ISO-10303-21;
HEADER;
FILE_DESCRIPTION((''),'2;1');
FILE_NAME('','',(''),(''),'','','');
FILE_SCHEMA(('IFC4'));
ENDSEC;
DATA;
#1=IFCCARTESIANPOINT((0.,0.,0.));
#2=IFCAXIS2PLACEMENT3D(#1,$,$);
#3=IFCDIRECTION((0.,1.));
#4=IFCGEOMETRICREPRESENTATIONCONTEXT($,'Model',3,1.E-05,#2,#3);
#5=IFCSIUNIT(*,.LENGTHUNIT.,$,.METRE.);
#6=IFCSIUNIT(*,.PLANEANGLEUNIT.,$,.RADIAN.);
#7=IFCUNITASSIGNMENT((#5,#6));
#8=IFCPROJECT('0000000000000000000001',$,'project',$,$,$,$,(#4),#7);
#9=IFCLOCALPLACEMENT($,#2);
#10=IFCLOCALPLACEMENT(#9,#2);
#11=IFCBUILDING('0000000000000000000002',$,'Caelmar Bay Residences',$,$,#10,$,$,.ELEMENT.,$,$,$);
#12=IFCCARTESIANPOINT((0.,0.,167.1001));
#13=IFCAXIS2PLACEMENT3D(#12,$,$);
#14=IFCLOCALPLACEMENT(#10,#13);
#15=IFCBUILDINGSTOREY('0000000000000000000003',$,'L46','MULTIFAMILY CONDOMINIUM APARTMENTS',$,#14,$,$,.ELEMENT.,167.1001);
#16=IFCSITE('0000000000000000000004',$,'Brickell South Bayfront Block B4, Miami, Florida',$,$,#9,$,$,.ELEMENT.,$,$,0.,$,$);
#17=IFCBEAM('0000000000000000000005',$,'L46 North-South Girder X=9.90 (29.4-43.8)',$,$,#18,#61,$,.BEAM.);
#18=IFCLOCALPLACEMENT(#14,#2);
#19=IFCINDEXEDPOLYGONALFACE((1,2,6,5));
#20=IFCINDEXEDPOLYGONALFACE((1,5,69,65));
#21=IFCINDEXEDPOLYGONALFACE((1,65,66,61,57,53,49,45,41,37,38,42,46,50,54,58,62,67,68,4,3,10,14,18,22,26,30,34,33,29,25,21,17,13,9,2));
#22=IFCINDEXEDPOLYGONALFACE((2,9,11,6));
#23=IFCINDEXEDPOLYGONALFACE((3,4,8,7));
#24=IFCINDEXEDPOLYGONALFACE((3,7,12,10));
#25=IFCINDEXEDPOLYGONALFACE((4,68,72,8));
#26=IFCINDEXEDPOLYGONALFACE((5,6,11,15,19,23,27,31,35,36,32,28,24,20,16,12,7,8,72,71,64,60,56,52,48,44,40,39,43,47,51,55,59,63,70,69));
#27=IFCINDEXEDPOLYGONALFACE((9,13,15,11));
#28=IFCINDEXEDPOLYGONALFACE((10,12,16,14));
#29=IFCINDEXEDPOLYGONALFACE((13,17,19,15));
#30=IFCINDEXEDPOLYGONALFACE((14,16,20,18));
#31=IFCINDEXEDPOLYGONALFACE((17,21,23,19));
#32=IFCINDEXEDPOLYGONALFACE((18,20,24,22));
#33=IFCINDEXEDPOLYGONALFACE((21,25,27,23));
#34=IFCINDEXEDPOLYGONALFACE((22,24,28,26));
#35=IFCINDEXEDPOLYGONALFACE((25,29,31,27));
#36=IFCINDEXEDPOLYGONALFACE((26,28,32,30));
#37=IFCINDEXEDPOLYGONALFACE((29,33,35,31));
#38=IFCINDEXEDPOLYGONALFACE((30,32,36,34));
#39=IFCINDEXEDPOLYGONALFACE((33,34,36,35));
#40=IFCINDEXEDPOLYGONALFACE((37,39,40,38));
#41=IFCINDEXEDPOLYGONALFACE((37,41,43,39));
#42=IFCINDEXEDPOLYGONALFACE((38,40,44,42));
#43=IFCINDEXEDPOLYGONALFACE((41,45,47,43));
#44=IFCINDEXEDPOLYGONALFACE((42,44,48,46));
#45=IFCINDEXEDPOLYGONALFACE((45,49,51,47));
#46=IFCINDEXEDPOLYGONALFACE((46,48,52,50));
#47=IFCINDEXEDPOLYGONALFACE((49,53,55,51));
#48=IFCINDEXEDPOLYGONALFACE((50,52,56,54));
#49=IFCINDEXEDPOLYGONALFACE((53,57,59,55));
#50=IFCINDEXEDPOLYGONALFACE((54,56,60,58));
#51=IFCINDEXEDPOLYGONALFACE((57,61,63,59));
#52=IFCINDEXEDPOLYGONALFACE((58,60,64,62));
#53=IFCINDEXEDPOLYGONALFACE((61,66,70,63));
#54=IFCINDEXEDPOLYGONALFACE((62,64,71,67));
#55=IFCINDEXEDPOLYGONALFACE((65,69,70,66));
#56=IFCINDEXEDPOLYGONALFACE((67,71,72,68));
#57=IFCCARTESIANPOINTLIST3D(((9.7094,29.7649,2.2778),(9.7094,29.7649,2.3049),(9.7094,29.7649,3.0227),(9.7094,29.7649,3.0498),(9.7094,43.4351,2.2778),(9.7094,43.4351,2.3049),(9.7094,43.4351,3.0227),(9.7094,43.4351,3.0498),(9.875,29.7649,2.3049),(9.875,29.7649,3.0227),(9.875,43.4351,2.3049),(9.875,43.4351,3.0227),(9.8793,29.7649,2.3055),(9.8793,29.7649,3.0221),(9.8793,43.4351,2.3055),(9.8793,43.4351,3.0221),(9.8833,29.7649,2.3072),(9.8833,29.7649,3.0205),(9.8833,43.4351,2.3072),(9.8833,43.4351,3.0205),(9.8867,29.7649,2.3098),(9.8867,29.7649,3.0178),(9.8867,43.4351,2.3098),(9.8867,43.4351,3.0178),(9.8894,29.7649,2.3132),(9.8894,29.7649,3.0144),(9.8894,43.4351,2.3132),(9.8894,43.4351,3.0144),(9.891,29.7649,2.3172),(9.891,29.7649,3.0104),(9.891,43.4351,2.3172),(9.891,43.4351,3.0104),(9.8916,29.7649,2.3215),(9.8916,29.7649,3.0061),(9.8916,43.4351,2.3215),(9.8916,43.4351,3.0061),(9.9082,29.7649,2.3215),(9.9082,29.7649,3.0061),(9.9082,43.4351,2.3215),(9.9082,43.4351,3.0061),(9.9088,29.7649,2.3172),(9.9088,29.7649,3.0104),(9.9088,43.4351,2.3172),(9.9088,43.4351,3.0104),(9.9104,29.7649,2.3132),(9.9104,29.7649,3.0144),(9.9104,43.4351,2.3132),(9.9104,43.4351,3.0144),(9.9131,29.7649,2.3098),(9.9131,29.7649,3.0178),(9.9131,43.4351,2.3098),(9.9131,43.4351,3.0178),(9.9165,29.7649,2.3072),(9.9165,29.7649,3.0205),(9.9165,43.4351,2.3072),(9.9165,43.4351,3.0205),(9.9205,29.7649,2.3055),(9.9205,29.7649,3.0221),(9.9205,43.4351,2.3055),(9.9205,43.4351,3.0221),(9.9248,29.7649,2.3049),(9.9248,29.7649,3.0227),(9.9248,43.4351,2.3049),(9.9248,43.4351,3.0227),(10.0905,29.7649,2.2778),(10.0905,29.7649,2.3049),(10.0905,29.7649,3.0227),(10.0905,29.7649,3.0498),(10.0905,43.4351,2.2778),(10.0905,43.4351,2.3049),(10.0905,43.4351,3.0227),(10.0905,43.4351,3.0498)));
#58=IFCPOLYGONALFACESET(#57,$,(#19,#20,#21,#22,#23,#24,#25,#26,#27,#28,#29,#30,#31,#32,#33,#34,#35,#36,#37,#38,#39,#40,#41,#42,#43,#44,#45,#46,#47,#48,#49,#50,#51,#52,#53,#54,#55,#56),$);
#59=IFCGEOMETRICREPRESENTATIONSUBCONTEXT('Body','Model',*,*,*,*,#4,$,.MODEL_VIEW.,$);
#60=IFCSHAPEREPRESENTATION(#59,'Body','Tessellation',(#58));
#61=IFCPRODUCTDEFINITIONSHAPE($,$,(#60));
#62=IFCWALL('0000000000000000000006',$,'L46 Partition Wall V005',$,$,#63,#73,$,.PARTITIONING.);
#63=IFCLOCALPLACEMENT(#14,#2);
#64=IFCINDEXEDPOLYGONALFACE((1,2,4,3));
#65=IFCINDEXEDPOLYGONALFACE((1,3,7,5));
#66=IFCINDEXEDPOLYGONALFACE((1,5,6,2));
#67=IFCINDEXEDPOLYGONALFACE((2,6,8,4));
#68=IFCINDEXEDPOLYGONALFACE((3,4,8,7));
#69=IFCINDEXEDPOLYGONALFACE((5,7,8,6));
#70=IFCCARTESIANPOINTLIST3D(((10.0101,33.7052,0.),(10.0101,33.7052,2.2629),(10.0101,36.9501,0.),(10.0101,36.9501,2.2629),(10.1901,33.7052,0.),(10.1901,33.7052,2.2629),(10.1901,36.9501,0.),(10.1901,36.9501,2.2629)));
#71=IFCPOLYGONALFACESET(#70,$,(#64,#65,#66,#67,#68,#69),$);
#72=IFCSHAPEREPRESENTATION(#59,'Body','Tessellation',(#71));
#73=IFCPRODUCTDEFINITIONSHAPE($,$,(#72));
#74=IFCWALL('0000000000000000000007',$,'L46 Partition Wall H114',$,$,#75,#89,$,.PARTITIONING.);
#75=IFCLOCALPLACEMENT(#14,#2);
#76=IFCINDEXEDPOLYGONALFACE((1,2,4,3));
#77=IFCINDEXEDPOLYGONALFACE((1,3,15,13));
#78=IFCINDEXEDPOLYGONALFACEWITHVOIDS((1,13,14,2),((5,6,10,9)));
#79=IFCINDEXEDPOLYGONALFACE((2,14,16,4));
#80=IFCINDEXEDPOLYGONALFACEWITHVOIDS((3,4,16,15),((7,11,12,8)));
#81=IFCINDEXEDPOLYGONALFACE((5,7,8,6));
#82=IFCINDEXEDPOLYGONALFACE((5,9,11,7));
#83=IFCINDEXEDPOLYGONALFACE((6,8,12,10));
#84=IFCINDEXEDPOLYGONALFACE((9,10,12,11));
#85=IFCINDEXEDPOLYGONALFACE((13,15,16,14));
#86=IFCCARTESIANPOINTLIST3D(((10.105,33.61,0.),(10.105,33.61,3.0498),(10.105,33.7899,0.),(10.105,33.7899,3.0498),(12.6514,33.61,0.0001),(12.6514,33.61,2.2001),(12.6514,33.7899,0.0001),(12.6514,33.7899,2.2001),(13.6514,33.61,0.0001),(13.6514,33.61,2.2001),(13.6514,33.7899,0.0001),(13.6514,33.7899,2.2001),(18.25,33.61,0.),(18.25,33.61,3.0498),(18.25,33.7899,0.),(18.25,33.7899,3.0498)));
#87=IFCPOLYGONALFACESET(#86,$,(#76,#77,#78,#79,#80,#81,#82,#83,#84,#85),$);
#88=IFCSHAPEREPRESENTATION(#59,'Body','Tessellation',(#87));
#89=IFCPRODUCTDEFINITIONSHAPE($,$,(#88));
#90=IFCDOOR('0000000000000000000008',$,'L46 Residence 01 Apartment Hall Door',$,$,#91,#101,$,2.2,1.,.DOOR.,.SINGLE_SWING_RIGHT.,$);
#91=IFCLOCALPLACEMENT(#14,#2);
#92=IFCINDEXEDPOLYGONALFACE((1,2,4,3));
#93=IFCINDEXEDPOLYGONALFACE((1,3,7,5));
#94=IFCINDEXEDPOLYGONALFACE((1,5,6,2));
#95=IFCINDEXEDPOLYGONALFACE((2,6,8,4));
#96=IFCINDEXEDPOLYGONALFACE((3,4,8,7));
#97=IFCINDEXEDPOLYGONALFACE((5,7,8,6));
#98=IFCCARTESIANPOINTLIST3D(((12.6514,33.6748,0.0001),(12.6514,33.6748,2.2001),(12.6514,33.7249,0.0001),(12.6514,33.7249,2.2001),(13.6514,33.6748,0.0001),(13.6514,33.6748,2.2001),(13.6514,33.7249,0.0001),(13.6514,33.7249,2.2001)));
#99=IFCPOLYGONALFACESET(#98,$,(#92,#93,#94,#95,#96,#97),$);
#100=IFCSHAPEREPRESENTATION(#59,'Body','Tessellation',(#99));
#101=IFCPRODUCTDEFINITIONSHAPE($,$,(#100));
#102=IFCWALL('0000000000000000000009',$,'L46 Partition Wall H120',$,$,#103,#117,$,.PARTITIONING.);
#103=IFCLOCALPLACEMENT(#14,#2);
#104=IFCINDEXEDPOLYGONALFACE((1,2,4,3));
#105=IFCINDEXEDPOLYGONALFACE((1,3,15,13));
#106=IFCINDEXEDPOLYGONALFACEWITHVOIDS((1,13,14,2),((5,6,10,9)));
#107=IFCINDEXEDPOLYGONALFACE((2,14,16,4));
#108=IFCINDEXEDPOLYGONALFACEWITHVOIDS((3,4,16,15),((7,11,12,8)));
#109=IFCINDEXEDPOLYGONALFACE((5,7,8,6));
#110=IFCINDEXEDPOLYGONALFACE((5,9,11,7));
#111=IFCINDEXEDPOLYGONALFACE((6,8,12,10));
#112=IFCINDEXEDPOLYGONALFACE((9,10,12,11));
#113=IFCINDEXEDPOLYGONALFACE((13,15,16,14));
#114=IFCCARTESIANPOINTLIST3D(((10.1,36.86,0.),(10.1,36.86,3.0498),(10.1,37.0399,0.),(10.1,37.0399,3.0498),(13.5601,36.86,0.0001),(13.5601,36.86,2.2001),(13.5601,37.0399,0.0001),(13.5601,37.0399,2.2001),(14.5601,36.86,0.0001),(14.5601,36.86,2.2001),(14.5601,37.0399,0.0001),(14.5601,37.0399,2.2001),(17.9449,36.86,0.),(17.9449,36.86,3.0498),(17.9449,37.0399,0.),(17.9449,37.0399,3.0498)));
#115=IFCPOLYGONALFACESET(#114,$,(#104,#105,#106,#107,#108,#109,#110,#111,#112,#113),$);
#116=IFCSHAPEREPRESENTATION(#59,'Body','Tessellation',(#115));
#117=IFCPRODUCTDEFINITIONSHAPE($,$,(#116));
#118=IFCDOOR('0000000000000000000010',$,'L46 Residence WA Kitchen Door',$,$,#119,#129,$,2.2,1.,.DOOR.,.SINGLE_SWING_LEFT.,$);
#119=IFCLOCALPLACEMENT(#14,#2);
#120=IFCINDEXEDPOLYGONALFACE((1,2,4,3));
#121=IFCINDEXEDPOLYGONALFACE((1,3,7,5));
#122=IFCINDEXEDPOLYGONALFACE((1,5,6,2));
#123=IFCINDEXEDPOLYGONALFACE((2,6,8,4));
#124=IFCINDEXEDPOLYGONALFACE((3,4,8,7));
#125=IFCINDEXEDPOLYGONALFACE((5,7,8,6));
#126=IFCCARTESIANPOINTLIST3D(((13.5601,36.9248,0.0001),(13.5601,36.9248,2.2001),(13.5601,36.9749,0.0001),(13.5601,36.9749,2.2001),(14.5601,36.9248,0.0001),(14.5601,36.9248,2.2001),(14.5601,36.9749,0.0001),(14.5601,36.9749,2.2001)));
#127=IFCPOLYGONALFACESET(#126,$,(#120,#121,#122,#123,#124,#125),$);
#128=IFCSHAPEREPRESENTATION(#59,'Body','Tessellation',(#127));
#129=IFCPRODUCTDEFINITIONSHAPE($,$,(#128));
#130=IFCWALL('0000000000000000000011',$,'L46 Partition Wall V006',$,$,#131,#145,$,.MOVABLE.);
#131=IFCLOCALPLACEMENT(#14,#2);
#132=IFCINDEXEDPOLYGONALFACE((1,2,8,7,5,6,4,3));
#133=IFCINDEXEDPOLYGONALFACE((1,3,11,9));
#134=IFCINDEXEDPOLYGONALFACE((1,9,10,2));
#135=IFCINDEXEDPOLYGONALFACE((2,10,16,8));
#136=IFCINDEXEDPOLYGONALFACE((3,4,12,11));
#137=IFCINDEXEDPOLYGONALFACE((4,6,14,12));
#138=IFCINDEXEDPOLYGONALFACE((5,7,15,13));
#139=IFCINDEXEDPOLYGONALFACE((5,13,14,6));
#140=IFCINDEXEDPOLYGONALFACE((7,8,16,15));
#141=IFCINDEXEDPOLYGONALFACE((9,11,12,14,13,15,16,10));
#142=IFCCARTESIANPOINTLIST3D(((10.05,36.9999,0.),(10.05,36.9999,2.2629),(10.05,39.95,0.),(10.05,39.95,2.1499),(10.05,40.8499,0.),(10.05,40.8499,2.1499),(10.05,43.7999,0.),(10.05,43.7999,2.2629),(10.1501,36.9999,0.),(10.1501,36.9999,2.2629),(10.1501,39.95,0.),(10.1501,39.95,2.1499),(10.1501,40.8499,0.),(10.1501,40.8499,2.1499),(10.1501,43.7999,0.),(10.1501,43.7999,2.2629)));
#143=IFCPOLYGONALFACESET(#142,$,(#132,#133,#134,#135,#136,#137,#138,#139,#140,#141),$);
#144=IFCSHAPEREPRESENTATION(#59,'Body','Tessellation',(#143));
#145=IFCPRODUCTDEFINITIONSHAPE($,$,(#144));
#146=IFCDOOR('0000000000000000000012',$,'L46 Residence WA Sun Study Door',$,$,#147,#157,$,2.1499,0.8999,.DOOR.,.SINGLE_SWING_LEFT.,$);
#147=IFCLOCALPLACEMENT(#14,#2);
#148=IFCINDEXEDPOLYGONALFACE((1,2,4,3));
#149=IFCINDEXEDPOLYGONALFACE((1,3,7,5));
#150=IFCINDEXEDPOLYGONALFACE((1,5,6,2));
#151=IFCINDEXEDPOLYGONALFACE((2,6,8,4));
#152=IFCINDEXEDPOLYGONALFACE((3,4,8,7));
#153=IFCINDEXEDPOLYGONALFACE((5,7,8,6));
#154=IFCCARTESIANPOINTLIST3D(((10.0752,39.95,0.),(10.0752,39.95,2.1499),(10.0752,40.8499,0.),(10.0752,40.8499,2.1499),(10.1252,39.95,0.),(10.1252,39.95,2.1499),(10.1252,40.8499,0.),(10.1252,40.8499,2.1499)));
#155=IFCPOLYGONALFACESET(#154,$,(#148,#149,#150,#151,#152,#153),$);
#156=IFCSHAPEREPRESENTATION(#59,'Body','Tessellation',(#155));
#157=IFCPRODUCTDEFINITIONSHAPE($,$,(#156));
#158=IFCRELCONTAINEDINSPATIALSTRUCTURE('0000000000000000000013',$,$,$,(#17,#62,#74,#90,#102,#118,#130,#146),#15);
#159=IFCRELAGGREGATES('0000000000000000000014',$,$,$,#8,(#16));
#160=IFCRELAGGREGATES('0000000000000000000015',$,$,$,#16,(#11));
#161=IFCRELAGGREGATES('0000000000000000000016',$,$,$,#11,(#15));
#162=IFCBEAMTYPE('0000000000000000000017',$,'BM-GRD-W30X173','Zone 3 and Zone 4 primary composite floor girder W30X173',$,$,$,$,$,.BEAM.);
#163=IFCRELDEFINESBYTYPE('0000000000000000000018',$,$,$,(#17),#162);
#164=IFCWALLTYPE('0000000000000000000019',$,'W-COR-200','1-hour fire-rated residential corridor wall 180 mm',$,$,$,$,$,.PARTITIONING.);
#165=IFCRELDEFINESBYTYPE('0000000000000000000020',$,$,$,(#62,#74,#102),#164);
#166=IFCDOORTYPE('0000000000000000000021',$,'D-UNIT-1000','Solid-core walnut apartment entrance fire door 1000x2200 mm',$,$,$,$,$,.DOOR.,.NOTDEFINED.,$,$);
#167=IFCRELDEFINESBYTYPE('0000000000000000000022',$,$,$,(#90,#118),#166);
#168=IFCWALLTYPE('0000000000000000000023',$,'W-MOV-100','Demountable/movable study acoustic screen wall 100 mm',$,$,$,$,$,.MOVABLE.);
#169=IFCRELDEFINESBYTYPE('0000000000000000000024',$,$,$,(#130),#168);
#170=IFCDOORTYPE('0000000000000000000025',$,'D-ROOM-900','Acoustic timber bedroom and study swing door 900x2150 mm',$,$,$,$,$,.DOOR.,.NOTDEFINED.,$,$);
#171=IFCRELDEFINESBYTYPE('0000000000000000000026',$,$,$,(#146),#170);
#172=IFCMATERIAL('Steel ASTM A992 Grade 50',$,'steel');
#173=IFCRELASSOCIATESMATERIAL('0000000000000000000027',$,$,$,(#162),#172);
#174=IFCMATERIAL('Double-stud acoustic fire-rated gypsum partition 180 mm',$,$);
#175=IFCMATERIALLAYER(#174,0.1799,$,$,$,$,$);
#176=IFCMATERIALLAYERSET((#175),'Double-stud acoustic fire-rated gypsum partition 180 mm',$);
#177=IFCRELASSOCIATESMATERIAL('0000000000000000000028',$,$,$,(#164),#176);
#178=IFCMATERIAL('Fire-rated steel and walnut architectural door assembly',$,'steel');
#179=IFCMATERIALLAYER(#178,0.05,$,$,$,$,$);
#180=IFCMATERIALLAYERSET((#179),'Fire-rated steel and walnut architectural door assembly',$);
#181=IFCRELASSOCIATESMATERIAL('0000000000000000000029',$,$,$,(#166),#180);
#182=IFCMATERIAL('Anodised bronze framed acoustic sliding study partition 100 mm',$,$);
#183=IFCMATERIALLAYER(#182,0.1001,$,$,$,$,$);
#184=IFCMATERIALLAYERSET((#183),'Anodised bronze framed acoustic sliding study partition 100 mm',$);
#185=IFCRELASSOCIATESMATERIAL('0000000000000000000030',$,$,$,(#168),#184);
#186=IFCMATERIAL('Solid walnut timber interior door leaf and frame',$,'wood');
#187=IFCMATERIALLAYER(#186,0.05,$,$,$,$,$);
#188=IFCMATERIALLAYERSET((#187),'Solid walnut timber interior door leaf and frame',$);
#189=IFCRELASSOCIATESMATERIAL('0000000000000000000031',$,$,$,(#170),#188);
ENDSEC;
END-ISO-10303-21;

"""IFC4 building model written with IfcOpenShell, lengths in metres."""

from ifc_helpers import new_model, si_unit, direction, frame, frame_2d, origin, origin_2d, place, context, subcontext, project, spatial, rectangle, i_section, extrude, material, layer, layer_set, material_profile, profile_set, type_object, element, fill, save


model = new_model("IFC4")

# Units and contexts
model_context = context("Model", 3, precision=1e-05, world=origin(), true_north=direction((0.0, 1.0)))
body_context = subcontext(model_context, "Body", "Model", "MODEL_VIEW")
ifc_project = project(units=[si_unit("LENGTHUNIT", "METRE"), si_unit("PLANEANGLEUNIT", "RADIAN")], contexts=[model_context])

# Site, building, storey
site_placement = place(None, origin())
site = spatial("IfcSite", under=ifc_project, at=site_placement, Name="Brickell South Bayfront Block B4, Miami, Florida", CompositionType="ELEMENT", RefElevation=0.0)
building_placement = place(site_placement, origin())
building = spatial("IfcBuilding", under=site, at=building_placement, Name="Caelmar Bay Residences", CompositionType="ELEMENT")
storey_placement = place(building_placement, frame((0.0, 0.0, 167.1001)))
storey = spatial("IfcBuildingStorey", under=building, at=storey_placement, Name="L46", Description="MULTIFAMILY CONDOMINIUM APARTMENTS", CompositionType="ELEMENT", Elevation=167.1001)

# Beam
ifc_material_1 = material(Name="Steel ASTM A992 Grade 50", Category="steel")
ifc_material_profile_1 = material_profile(ifc_material_1, i_section(OverallWidth=0.3811, OverallDepth=0.772, WebThickness=0.0166, FlangeThickness=0.0271, FilletRadius=0.0166, at=origin_2d()), Name="W30X173")
ifc_profile_set_1 = profile_set([ifc_material_profile_1], Name="Steel ASTM A992 Grade 50")
beam_type = type_object("IfcBeamType", Name="BM-GRD-W30X173", Description="Zone 3 and Zone 4 primary composite floor girder W30X173", PredefinedType="BEAM", material=ifc_profile_set_1)
beam_placement = place(storey_placement, frame((9.8999, 29.7649, 2.6638), z_axis=(0.0, 1.0, 0.0), x_axis=(-1.0, 0.0, 0.0)))
element("IfcBeam", 1, at=beam_placement, inside=storey, type_object=beam_type, Name="L46 North-South Girder X=9.90 (29.4-43.8)", PredefinedType="BEAM", context=body_context, shape_type="SweptSolid", body=[
    extrude(i_section(OverallWidth=0.3811, OverallDepth=0.772, WebThickness=0.0166, FlangeThickness=0.0271, FilletRadius=0.0166, at=origin_2d()), origin(), (0.0, 0.0, 1.0), 13.6702),
])

# Shared definitions
ifc_material_2 = material(Name="Fire-rated steel and walnut architectural door assembly", Category="steel")

# Wall
ifc_material_3 = material(Name="Double-stud acoustic fire-rated gypsum partition 180 mm")
ifc_layer_1 = layer(ifc_material_3, 0.1799)
ifc_layer_set_1 = layer_set([ifc_layer_1], Name="Double-stud acoustic fire-rated gypsum partition 180 mm")
wall_type_1 = type_object("IfcWallType", Name="W-COR-200", Description="1-hour fire-rated residential corridor wall 180 mm", PredefinedType="PARTITIONING", material=ifc_layer_set_1)
wall_1_placement = place(storey_placement, frame((10.1001, 33.7051, 0.0), z_axis=(0.0, 0.0, 1.0), x_axis=(0.0, 1.0, 0.0)))
element("IfcWall", 2, at=wall_1_placement, inside=storey, type_object=wall_type_1, Name="L46 Partition Wall V005", PredefinedType="PARTITIONING", context=body_context, shape_type="SweptSolid", body=[
    extrude(rectangle(XDim=3.2449, YDim=0.1799, at=frame_2d((1.6226, 0.0))), origin(), (0.0, 0.0, 1.0), 2.2629),
])

# Walls, openings, doors
wall_2_placement = place(storey_placement, frame((10.105, 33.7, 0.0), z_axis=(0.0, 0.0, 1.0), x_axis=(1.0, 0.0, 0.0)))
wall_2 = element("IfcWall", 3, at=wall_2_placement, inside=storey, type_object=wall_type_1, Name="L46 Partition Wall H114", PredefinedType="PARTITIONING", context=body_context, shape_type="SweptSolid", body=[
    extrude(rectangle(XDim=8.145, YDim=0.1799, at=frame_2d((4.0725, 0.0))), origin(), (0.0, 0.0, 1.0), 3.0498),
])
opening_1_placement = place(wall_2_placement, frame((2.5464, 0.0, 0.0)))
opening_1 = element("IfcOpeningElement", 4, at=opening_1_placement, cuts=wall_2, PredefinedType="OPENING", context=body_context, shape_type="SweptSolid", body=[
    extrude(rectangle(XDim=1.0, YDim=2.2, at=frame_2d((0.5, 1.1001))), frame((0.0, 0.0999, 0.0), z_axis=(0.0, -1.0, 0.0), x_axis=(1.0, 0.0, 0.0)), (0.0, 0.0, 1.0), 0.2),
])
ifc_layer_2 = layer(ifc_material_2, 0.05)
ifc_layer_set_2 = layer_set([ifc_layer_2], Name="Fire-rated steel and walnut architectural door assembly")
door_type_1 = type_object("IfcDoorType", Name="D-UNIT-1000", Description="Solid-core walnut apartment entrance fire door 1000x2200 mm", OperationType="NOTDEFINED", PredefinedType="DOOR", material=ifc_layer_set_2)
door_1_placement = place(opening_1_placement, origin())
door_1 = element("IfcDoor", 5, at=door_1_placement, inside=storey, type_object=door_type_1, Name="L46 Residence 01 Apartment Hall Door", OperationType="SINGLE_SWING_RIGHT", OverallHeight=2.2, OverallWidth=1.0, PredefinedType="DOOR", context=body_context, shape_type="SweptSolid", body=[
    extrude(rectangle(XDim=1.0, YDim=2.2, at=frame_2d((0.5, 1.1001))), frame((0.0, 0.0249, 0.0), z_axis=(0.0, -1.0, 0.0), x_axis=(1.0, 0.0, 0.0)), (0.0, 0.0, 1.0), 0.05),
])
fill(opening_1, door_1)
wall_3_placement = place(storey_placement, frame((10.1001, 36.95, 0.0), z_axis=(0.0, 0.0, 1.0), x_axis=(1.0, 0.0, 0.0)))
wall_3 = element("IfcWall", 6, at=wall_3_placement, inside=storey, type_object=wall_type_1, Name="L46 Partition Wall H120", PredefinedType="PARTITIONING", context=body_context, shape_type="SweptSolid", body=[
    extrude(rectangle(XDim=7.845, YDim=0.1799, at=frame_2d((3.9224, 0.0))), origin(), (0.0, 0.0, 1.0), 3.0498),
])
opening_2_placement = place(wall_3_placement, frame((3.46, 0.0, 0.0)))
opening_2 = element("IfcOpeningElement", 7, at=opening_2_placement, cuts=wall_3, PredefinedType="OPENING", context=body_context, shape_type="SweptSolid", body=[
    extrude(rectangle(XDim=1.0, YDim=2.2, at=frame_2d((0.5, 1.1001))), frame((0.0, 0.0999, 0.0), z_axis=(0.0, -1.0, 0.0), x_axis=(1.0, 0.0, 0.0)), (0.0, 0.0, 1.0), 0.2),
])
door_2_placement = place(opening_2_placement, origin())
door_2 = element("IfcDoor", 8, at=door_2_placement, inside=storey, type_object=door_type_1, Name="L46 Residence WA Kitchen Door", OperationType="SINGLE_SWING_LEFT", OverallHeight=2.2, OverallWidth=1.0, PredefinedType="DOOR", context=body_context, shape_type="SweptSolid", body=[
    extrude(rectangle(XDim=1.0, YDim=2.2, at=frame_2d((0.5, 1.1001))), frame((0.0, 0.0249, 0.0), z_axis=(0.0, -1.0, 0.0), x_axis=(1.0, 0.0, 0.0)), (0.0, 0.0, 1.0), 0.05),
])
fill(opening_2, door_2)
ifc_material_4 = material(Name="Anodised bronze framed acoustic sliding study partition 100 mm")
ifc_layer_3 = layer(ifc_material_4, 0.1001)
ifc_layer_set_3 = layer_set([ifc_layer_3], Name="Anodised bronze framed acoustic sliding study partition 100 mm")
wall_type_2 = type_object("IfcWallType", Name="W-MOV-100", Description="Demountable/movable study acoustic screen wall 100 mm", PredefinedType="MOVABLE", material=ifc_layer_set_3)
wall_4_placement = place(storey_placement, frame((10.1001, 37.0, 0.0), z_axis=(0.0, 0.0, 1.0), x_axis=(0.0, 1.0, 0.0)))
wall_4 = element("IfcWall", 9, at=wall_4_placement, inside=storey, type_object=wall_type_2, Name="L46 Partition Wall V006", PredefinedType="MOVABLE", context=body_context, shape_type="SweptSolid", body=[
    extrude(rectangle(XDim=6.8, YDim=0.1001, at=frame_2d((3.3999, 0.0))), origin(), (0.0, 0.0, 1.0), 2.2629),
])
opening_3_placement = place(wall_4_placement, frame((2.95, 0.0, 0.0)))
opening_3 = element("IfcOpeningElement", 10, at=opening_3_placement, cuts=wall_4, PredefinedType="OPENING", context=body_context, shape_type="SweptSolid", body=[
    extrude(rectangle(XDim=0.8999, YDim=2.1499, at=frame_2d((0.45, 1.075))), frame((0.0, 0.0601, 0.0), z_axis=(0.0, -1.0, 0.0), x_axis=(1.0, 0.0, 0.0)), (0.0, 0.0, 1.0), 0.1201),
])
ifc_material_5 = material(Name="Solid walnut timber interior door leaf and frame", Category="wood")
ifc_layer_4 = layer(ifc_material_5, 0.05)
ifc_layer_set_4 = layer_set([ifc_layer_4], Name="Solid walnut timber interior door leaf and frame")
door_type_2 = type_object("IfcDoorType", Name="D-ROOM-900", Description="Acoustic timber bedroom and study swing door 900x2150 mm", OperationType="NOTDEFINED", PredefinedType="DOOR", material=ifc_layer_set_4)
door_3_placement = place(opening_3_placement, origin())
door_3 = element("IfcDoor", 11, at=door_3_placement, inside=storey, type_object=door_type_2, Name="L46 Residence WA Sun Study Door", OperationType="SINGLE_SWING_LEFT", OverallHeight=2.1499, OverallWidth=0.8999, PredefinedType="DOOR", context=body_context, shape_type="SweptSolid", body=[
    extrude(rectangle(XDim=0.8999, YDim=2.1499, at=frame_2d((0.45, 1.075))), frame((0.0, 0.0249, 0.0), z_axis=(0.0, -1.0, 0.0), x_axis=(1.0, 0.0, 0.0)), (0.0, 0.0, 1.0), 0.05),
])
fill(opening_3, door_3)

save(model, "model.ifc")
